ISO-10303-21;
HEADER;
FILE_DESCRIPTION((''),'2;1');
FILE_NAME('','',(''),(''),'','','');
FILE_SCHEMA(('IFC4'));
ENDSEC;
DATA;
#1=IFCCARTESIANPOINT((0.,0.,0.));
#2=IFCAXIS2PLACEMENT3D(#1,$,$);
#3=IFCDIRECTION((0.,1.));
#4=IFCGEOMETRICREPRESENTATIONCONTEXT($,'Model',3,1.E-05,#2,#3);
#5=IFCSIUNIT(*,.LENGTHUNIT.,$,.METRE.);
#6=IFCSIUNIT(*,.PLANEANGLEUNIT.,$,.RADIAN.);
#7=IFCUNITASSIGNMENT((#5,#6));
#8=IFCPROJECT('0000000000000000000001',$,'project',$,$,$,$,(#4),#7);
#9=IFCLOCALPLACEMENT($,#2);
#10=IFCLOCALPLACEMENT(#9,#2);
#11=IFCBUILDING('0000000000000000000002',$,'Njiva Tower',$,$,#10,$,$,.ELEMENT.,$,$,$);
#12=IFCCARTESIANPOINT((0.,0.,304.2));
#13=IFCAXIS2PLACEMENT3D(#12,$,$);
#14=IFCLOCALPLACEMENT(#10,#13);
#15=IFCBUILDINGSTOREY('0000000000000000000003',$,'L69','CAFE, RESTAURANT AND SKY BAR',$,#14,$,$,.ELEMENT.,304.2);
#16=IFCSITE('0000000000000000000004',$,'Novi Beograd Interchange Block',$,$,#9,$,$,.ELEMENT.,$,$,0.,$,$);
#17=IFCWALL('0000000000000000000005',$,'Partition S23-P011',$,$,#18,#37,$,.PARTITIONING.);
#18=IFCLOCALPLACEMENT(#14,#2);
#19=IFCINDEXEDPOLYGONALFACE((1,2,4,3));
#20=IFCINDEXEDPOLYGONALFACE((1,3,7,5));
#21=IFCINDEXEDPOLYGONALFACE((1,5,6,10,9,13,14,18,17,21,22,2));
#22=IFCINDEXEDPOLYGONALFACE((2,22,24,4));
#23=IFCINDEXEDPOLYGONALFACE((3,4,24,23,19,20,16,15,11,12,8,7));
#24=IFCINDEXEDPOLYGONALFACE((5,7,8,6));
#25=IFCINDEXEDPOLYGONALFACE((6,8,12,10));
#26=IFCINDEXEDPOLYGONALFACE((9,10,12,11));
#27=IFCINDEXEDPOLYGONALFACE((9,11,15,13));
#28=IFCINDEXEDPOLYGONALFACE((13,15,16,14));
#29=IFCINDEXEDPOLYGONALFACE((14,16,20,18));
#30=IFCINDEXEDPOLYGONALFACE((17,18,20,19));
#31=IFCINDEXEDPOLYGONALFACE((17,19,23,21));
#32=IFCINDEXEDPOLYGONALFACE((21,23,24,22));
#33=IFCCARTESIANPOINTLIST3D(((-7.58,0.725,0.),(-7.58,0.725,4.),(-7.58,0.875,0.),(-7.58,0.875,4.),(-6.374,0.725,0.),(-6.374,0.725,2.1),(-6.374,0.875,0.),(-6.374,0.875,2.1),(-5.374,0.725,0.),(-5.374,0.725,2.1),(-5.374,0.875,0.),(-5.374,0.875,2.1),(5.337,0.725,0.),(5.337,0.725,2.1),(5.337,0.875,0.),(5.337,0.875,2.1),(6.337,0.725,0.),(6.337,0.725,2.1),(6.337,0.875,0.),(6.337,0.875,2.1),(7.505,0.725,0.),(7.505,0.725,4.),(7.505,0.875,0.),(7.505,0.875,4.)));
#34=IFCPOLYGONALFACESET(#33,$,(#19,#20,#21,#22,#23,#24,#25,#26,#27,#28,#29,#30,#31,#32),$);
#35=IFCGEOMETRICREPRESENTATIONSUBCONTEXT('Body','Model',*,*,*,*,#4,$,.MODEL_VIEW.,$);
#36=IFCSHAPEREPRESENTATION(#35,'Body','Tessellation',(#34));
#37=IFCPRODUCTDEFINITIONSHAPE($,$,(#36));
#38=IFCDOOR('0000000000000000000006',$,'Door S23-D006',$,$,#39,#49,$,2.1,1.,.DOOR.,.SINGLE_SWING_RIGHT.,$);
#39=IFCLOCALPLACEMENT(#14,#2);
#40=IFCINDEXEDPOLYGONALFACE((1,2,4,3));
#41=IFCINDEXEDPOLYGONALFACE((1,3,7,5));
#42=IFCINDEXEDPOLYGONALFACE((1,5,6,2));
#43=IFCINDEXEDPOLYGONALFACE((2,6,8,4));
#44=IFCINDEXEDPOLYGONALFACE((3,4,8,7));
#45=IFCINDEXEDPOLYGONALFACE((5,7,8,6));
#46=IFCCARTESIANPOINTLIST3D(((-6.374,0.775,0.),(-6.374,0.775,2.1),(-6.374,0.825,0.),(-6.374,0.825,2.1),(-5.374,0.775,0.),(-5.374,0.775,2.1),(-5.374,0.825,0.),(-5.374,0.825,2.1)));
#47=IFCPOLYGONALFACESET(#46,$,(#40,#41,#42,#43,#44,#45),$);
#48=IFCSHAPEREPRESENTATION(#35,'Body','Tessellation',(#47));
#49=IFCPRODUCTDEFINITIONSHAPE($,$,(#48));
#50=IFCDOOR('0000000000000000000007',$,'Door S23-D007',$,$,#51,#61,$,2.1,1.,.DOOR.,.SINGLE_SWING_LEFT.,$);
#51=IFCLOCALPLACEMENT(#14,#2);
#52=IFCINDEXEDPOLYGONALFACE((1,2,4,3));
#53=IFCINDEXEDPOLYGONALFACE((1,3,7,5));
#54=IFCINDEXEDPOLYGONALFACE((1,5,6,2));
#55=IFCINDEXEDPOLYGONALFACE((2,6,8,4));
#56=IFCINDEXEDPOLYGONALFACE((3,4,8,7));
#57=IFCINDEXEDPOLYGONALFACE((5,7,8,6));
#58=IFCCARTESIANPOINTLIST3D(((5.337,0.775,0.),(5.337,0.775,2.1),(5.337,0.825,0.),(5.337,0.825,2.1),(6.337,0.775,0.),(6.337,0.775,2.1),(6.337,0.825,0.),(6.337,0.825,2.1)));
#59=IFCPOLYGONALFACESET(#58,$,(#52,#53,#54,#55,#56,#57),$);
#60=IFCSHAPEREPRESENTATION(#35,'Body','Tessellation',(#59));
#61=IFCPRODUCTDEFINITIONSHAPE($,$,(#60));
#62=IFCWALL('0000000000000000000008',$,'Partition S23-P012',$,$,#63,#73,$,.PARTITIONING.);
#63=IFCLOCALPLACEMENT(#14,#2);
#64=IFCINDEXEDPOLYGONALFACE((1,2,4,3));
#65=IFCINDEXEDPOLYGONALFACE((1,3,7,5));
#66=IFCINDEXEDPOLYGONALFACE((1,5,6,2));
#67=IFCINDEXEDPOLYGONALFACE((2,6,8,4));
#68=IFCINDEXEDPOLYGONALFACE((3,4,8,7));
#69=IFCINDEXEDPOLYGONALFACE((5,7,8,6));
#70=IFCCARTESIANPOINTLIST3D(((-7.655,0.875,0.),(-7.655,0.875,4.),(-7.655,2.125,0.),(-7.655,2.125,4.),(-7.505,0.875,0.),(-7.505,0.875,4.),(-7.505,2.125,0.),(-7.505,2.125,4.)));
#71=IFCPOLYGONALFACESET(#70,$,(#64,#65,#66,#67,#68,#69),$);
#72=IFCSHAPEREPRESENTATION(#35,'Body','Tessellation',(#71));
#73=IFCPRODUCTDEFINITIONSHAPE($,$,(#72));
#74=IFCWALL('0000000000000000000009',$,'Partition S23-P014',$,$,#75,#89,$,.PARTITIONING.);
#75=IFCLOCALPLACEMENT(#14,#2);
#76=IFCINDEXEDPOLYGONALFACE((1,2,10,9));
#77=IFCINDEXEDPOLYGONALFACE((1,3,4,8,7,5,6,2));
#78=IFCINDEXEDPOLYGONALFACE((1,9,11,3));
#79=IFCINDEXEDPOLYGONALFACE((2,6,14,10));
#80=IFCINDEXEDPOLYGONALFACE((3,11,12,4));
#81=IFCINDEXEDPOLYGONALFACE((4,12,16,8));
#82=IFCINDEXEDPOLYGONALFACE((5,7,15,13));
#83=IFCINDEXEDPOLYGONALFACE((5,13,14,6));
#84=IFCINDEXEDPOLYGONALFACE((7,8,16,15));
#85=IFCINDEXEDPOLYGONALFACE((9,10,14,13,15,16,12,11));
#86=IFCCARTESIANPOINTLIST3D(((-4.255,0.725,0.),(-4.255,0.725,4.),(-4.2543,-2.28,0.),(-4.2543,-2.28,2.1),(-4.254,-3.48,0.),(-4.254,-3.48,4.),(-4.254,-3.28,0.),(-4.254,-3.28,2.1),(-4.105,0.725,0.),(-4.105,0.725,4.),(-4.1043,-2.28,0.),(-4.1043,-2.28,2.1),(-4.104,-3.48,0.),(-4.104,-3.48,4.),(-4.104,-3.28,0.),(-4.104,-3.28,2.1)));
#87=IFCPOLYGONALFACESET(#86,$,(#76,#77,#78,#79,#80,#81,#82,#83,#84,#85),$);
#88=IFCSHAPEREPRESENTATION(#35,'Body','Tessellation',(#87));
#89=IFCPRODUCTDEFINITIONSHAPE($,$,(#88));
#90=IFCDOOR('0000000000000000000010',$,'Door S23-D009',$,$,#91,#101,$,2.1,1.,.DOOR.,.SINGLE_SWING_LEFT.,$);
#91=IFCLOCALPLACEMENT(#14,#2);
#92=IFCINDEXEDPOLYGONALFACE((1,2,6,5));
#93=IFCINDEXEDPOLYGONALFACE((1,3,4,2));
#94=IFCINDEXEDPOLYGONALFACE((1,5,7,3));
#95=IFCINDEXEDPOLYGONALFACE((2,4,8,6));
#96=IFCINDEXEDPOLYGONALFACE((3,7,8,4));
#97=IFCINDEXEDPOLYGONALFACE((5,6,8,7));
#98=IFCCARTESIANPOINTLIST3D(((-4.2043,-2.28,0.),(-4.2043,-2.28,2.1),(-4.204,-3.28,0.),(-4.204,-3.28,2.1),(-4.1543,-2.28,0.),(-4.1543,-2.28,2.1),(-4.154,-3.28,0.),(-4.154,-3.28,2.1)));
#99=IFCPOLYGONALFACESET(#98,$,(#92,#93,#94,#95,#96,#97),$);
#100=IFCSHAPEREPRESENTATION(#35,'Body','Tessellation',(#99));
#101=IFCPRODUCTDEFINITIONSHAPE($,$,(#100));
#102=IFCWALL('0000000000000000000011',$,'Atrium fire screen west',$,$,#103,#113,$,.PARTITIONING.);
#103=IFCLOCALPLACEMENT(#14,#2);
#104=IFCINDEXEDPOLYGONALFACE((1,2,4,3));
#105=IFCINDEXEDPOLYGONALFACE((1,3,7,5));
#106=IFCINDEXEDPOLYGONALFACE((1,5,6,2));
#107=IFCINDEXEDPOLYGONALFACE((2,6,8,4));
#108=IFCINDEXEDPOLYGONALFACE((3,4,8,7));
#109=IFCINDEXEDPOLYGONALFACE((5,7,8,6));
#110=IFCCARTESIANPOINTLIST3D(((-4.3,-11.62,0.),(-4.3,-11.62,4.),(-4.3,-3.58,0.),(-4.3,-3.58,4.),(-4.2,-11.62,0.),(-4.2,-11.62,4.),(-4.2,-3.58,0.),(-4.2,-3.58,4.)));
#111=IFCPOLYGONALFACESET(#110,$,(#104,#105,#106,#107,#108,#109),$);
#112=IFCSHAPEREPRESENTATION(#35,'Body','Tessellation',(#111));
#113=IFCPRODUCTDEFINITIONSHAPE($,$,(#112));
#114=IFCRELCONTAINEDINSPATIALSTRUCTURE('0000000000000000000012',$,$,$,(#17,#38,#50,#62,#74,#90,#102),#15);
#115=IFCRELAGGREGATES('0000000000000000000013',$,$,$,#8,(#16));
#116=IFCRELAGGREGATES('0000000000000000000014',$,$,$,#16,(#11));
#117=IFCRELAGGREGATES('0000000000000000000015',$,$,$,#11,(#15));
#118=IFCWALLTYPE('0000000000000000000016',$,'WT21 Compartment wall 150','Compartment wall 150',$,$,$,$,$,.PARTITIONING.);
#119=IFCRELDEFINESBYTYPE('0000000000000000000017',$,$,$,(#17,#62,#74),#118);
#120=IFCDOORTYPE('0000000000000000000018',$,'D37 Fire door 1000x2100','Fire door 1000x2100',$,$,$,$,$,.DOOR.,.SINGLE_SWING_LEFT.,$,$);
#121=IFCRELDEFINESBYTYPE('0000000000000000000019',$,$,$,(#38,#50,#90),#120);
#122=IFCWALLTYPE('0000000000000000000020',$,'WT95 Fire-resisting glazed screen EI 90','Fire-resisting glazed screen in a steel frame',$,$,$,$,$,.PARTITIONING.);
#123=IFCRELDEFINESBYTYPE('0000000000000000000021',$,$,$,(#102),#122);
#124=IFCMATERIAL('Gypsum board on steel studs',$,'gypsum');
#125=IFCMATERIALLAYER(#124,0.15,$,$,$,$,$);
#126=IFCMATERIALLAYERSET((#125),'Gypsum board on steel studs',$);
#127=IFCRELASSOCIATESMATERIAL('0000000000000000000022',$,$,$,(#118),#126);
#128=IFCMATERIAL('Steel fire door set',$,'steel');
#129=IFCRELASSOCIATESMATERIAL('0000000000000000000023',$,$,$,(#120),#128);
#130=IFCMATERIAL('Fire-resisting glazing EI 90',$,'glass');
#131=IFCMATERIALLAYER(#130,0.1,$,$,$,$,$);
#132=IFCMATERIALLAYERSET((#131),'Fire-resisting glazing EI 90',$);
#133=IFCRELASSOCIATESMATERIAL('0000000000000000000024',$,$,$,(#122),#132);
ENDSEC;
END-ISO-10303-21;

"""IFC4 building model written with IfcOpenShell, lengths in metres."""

from ifc_helpers import new_model, si_unit, direction, frame, frame_2d, origin, place, context, subcontext, project, spatial, rectangle, extrude, material, layer, layer_set, type_object, element, fill, save


model = new_model("IFC4")

# Units and contexts
model_context = context("Model", 3, precision=1e-05, world=origin(), true_north=direction((0.0, 1.0)))
body_context = subcontext(model_context, "Body", "Model", "MODEL_VIEW")
ifc_project = project(units=[si_unit("LENGTHUNIT", "METRE"), si_unit("PLANEANGLEUNIT", "RADIAN")], contexts=[model_context])

# Site, building, storey
site_placement = place(None, origin())
site = spatial("IfcSite", under=ifc_project, at=site_placement, Name="Novi Beograd Interchange Block", CompositionType="ELEMENT", RefElevation=0.0)
building_placement = place(site_placement, origin())
building = spatial("IfcBuilding", under=site, at=building_placement, Name="Njiva Tower", CompositionType="ELEMENT")
storey_placement = place(building_placement, frame((0.0, 0.0, 304.2)))
storey = spatial("IfcBuildingStorey", under=building, at=storey_placement, Name="L69", Description="CAFE, RESTAURANT AND SKY BAR", CompositionType="ELEMENT", Elevation=304.2)

# Shared definitions
ifc_material_1 = material(Name="Gypsum board on steel studs", Category="gypsum")

# Shared definitions
ifc_layer_1 = layer(ifc_material_1, 0.15)
ifc_layer_set_1 = layer_set([ifc_layer_1], Name="Gypsum board on steel studs")
wall_type_1 = type_object("IfcWallType", Name="WT21 Compartment wall 150", Description="Compartment wall 150", PredefinedType="PARTITIONING", material=ifc_layer_set_1)
ifc_material_2 = material(Name="Steel fire door set", Category="steel")
door_type_1 = type_object("IfcDoorType", Name="D37 Fire door 1000x2100", Description="Fire door 1000x2100", OperationType="SINGLE_SWING_LEFT", PredefinedType="DOOR", material=ifc_material_2)

# Wall, openings, doors
wall_1_placement = place(storey_placement, frame((-7.58, 0.8, 0.0), z_axis=(0.0, 0.0, 1.0), x_axis=(1.0, 0.0, 0.0)))
wall_1 = element("IfcWall", 1, at=wall_1_placement, inside=storey, type_object=wall_type_1, Name="Partition S23-P011", PredefinedType="PARTITIONING", context=body_context, shape_type="SweptSolid", body=[
    extrude(rectangle(XDim=15.085, YDim=0.15, at=frame_2d((7.5425, 0.0))), origin(), (0.0, 0.0, 1.0), 4.0),
])
opening_1_placement = place(wall_1_placement, frame((1.206, 0.0, 0.0)))
opening_1 = element("IfcOpeningElement", 2, at=opening_1_placement, cuts=wall_1, PredefinedType="OPENING", context=body_context, shape_type="SweptSolid", body=[
    extrude(rectangle(XDim=1.0, YDim=2.1, at=frame_2d((0.5, 1.05))), frame((0.0, 0.085, 0.0), z_axis=(0.0, -1.0, 0.0), x_axis=(1.0, 0.0, 0.0)), (0.0, 0.0, 1.0), 0.17),
])
opening_2_placement = place(wall_1_placement, frame((12.917, 0.0, 0.0)))
opening_2 = element("IfcOpeningElement", 3, at=opening_2_placement, cuts=wall_1, PredefinedType="OPENING", context=body_context, shape_type="SweptSolid", body=[
    extrude(rectangle(XDim=1.0, YDim=2.1, at=frame_2d((0.5, 1.05))), frame((0.0, 0.085, 0.0), z_axis=(0.0, -1.0, 0.0), x_axis=(1.0, 0.0, 0.0)), (0.0, 0.0, 1.0), 0.17),
])
door_1_placement = place(opening_1_placement, origin())
door_1 = element("IfcDoor", 4, at=door_1_placement, inside=storey, type_object=door_type_1, Name="Door S23-D006", OperationType="SINGLE_SWING_RIGHT", OverallHeight=2.1, OverallWidth=1.0, PredefinedType="DOOR", context=body_context, shape_type="SweptSolid", body=[
    extrude(rectangle(XDim=1.0, YDim=2.1, at=frame_2d((0.5, 1.05))), frame((0.0, 0.025, 0.0), z_axis=(0.0, -1.0, 0.0), x_axis=(1.0, 0.0, 0.0)), (0.0, 0.0, 1.0), 0.05),
])
fill(opening_1, door_1)
door_2_placement = place(opening_2_placement, origin())
door_2 = element("IfcDoor", 5, at=door_2_placement, inside=storey, type_object=door_type_1, Name="Door S23-D007", OperationType="SINGLE_SWING_LEFT", OverallHeight=2.1, OverallWidth=1.0, PredefinedType="DOOR", context=body_context, shape_type="SweptSolid", body=[
    extrude(rectangle(XDim=1.0, YDim=2.1, at=frame_2d((0.5, 1.05))), frame((0.0, 0.025, 0.0), z_axis=(0.0, -1.0, 0.0), x_axis=(1.0, 0.0, 0.0)), (0.0, 0.0, 1.0), 0.05),
])
fill(opening_2, door_2)

# Wall
wall_2_placement = place(storey_placement, frame((-7.58, 0.875, 0.0), z_axis=(0.0, 0.0, 1.0), x_axis=(0.0, 1.0, 0.0)))
element("IfcWall", 6, at=wall_2_placement, inside=storey, type_object=wall_type_1, Name="Partition S23-P012", PredefinedType="PARTITIONING", context=body_context, shape_type="SweptSolid", body=[
    extrude(rectangle(XDim=1.25, YDim=0.15, at=frame_2d((0.625, 0.0))), origin(), (0.0, 0.0, 1.0), 4.0),
])

# Wall, opening, door
wall_3_placement = place(storey_placement, frame((-4.18, 0.725, 0.0), z_axis=(0.0, 0.0, 1.0), x_axis=(0.000238, -1.0, 0.0)))
wall_3 = element("IfcWall", 7, at=wall_3_placement, inside=storey, type_object=wall_type_1, Name="Partition S23-P014", PredefinedType="PARTITIONING", context=body_context, shape_type="SweptSolid", body=[
    extrude(rectangle(XDim=4.205, YDim=0.15, at=frame_2d((2.1025, 0.0))), origin(), (0.0, 0.0, 1.0), 4.0),
])
opening_3_placement = place(wall_3_placement, frame((3.005, 0.0, 0.0)))
opening_3 = element("IfcOpeningElement", 8, at=opening_3_placement, cuts=wall_3, PredefinedType="OPENING", context=body_context, shape_type="SweptSolid", body=[
    extrude(rectangle(XDim=1.0, YDim=2.1, at=frame_2d((0.5, 1.05))), frame((0.0, 0.085, 0.0), z_axis=(0.0, -1.0, 0.0), x_axis=(1.0, 0.0, 0.0)), (0.0, 0.0, 1.0), 0.17),
])
door_3_placement = place(opening_3_placement, origin())
door_3 = element("IfcDoor", 9, at=door_3_placement, inside=storey, type_object=door_type_1, Name="Door S23-D009", OperationType="SINGLE_SWING_LEFT", OverallHeight=2.1, OverallWidth=1.0, PredefinedType="DOOR", context=body_context, shape_type="SweptSolid", body=[
    extrude(rectangle(XDim=1.0, YDim=2.1, at=frame_2d((0.5, 1.05))), frame((0.0, 0.025, 0.0), z_axis=(0.0, -1.0, 0.0), x_axis=(1.0, 0.0, 0.0)), (0.0, 0.0, 1.0), 0.05),
])
fill(opening_3, door_3)

# Wall
ifc_material_3 = material(Name="Fire-resisting glazing EI 90", Category="glass")
ifc_layer_2 = layer(ifc_material_3, 0.1)
ifc_layer_set_2 = layer_set([ifc_layer_2], Name="Fire-resisting glazing EI 90")
wall_type_2 = type_object("IfcWallType", Name="WT95 Fire-resisting glazed screen EI 90", Description="Fire-resisting glazed screen in a steel frame", PredefinedType="PARTITIONING", material=ifc_layer_set_2)
wall_4_placement = place(storey_placement, frame((-4.25, -3.58, 0.0), z_axis=(0.0, 0.0, 1.0), x_axis=(0.0, -1.0, 0.0)))
element("IfcWall", 10, at=wall_4_placement, inside=storey, type_object=wall_type_2, Name="Atrium fire screen west", PredefinedType="PARTITIONING", context=body_context, shape_type="SweptSolid", body=[
    extrude(rectangle(XDim=8.04, YDim=0.1, at=frame_2d((4.02, 0.0))), origin(), (0.0, 0.0, 1.0), 4.0),
])

save(model, "model.ifc")
